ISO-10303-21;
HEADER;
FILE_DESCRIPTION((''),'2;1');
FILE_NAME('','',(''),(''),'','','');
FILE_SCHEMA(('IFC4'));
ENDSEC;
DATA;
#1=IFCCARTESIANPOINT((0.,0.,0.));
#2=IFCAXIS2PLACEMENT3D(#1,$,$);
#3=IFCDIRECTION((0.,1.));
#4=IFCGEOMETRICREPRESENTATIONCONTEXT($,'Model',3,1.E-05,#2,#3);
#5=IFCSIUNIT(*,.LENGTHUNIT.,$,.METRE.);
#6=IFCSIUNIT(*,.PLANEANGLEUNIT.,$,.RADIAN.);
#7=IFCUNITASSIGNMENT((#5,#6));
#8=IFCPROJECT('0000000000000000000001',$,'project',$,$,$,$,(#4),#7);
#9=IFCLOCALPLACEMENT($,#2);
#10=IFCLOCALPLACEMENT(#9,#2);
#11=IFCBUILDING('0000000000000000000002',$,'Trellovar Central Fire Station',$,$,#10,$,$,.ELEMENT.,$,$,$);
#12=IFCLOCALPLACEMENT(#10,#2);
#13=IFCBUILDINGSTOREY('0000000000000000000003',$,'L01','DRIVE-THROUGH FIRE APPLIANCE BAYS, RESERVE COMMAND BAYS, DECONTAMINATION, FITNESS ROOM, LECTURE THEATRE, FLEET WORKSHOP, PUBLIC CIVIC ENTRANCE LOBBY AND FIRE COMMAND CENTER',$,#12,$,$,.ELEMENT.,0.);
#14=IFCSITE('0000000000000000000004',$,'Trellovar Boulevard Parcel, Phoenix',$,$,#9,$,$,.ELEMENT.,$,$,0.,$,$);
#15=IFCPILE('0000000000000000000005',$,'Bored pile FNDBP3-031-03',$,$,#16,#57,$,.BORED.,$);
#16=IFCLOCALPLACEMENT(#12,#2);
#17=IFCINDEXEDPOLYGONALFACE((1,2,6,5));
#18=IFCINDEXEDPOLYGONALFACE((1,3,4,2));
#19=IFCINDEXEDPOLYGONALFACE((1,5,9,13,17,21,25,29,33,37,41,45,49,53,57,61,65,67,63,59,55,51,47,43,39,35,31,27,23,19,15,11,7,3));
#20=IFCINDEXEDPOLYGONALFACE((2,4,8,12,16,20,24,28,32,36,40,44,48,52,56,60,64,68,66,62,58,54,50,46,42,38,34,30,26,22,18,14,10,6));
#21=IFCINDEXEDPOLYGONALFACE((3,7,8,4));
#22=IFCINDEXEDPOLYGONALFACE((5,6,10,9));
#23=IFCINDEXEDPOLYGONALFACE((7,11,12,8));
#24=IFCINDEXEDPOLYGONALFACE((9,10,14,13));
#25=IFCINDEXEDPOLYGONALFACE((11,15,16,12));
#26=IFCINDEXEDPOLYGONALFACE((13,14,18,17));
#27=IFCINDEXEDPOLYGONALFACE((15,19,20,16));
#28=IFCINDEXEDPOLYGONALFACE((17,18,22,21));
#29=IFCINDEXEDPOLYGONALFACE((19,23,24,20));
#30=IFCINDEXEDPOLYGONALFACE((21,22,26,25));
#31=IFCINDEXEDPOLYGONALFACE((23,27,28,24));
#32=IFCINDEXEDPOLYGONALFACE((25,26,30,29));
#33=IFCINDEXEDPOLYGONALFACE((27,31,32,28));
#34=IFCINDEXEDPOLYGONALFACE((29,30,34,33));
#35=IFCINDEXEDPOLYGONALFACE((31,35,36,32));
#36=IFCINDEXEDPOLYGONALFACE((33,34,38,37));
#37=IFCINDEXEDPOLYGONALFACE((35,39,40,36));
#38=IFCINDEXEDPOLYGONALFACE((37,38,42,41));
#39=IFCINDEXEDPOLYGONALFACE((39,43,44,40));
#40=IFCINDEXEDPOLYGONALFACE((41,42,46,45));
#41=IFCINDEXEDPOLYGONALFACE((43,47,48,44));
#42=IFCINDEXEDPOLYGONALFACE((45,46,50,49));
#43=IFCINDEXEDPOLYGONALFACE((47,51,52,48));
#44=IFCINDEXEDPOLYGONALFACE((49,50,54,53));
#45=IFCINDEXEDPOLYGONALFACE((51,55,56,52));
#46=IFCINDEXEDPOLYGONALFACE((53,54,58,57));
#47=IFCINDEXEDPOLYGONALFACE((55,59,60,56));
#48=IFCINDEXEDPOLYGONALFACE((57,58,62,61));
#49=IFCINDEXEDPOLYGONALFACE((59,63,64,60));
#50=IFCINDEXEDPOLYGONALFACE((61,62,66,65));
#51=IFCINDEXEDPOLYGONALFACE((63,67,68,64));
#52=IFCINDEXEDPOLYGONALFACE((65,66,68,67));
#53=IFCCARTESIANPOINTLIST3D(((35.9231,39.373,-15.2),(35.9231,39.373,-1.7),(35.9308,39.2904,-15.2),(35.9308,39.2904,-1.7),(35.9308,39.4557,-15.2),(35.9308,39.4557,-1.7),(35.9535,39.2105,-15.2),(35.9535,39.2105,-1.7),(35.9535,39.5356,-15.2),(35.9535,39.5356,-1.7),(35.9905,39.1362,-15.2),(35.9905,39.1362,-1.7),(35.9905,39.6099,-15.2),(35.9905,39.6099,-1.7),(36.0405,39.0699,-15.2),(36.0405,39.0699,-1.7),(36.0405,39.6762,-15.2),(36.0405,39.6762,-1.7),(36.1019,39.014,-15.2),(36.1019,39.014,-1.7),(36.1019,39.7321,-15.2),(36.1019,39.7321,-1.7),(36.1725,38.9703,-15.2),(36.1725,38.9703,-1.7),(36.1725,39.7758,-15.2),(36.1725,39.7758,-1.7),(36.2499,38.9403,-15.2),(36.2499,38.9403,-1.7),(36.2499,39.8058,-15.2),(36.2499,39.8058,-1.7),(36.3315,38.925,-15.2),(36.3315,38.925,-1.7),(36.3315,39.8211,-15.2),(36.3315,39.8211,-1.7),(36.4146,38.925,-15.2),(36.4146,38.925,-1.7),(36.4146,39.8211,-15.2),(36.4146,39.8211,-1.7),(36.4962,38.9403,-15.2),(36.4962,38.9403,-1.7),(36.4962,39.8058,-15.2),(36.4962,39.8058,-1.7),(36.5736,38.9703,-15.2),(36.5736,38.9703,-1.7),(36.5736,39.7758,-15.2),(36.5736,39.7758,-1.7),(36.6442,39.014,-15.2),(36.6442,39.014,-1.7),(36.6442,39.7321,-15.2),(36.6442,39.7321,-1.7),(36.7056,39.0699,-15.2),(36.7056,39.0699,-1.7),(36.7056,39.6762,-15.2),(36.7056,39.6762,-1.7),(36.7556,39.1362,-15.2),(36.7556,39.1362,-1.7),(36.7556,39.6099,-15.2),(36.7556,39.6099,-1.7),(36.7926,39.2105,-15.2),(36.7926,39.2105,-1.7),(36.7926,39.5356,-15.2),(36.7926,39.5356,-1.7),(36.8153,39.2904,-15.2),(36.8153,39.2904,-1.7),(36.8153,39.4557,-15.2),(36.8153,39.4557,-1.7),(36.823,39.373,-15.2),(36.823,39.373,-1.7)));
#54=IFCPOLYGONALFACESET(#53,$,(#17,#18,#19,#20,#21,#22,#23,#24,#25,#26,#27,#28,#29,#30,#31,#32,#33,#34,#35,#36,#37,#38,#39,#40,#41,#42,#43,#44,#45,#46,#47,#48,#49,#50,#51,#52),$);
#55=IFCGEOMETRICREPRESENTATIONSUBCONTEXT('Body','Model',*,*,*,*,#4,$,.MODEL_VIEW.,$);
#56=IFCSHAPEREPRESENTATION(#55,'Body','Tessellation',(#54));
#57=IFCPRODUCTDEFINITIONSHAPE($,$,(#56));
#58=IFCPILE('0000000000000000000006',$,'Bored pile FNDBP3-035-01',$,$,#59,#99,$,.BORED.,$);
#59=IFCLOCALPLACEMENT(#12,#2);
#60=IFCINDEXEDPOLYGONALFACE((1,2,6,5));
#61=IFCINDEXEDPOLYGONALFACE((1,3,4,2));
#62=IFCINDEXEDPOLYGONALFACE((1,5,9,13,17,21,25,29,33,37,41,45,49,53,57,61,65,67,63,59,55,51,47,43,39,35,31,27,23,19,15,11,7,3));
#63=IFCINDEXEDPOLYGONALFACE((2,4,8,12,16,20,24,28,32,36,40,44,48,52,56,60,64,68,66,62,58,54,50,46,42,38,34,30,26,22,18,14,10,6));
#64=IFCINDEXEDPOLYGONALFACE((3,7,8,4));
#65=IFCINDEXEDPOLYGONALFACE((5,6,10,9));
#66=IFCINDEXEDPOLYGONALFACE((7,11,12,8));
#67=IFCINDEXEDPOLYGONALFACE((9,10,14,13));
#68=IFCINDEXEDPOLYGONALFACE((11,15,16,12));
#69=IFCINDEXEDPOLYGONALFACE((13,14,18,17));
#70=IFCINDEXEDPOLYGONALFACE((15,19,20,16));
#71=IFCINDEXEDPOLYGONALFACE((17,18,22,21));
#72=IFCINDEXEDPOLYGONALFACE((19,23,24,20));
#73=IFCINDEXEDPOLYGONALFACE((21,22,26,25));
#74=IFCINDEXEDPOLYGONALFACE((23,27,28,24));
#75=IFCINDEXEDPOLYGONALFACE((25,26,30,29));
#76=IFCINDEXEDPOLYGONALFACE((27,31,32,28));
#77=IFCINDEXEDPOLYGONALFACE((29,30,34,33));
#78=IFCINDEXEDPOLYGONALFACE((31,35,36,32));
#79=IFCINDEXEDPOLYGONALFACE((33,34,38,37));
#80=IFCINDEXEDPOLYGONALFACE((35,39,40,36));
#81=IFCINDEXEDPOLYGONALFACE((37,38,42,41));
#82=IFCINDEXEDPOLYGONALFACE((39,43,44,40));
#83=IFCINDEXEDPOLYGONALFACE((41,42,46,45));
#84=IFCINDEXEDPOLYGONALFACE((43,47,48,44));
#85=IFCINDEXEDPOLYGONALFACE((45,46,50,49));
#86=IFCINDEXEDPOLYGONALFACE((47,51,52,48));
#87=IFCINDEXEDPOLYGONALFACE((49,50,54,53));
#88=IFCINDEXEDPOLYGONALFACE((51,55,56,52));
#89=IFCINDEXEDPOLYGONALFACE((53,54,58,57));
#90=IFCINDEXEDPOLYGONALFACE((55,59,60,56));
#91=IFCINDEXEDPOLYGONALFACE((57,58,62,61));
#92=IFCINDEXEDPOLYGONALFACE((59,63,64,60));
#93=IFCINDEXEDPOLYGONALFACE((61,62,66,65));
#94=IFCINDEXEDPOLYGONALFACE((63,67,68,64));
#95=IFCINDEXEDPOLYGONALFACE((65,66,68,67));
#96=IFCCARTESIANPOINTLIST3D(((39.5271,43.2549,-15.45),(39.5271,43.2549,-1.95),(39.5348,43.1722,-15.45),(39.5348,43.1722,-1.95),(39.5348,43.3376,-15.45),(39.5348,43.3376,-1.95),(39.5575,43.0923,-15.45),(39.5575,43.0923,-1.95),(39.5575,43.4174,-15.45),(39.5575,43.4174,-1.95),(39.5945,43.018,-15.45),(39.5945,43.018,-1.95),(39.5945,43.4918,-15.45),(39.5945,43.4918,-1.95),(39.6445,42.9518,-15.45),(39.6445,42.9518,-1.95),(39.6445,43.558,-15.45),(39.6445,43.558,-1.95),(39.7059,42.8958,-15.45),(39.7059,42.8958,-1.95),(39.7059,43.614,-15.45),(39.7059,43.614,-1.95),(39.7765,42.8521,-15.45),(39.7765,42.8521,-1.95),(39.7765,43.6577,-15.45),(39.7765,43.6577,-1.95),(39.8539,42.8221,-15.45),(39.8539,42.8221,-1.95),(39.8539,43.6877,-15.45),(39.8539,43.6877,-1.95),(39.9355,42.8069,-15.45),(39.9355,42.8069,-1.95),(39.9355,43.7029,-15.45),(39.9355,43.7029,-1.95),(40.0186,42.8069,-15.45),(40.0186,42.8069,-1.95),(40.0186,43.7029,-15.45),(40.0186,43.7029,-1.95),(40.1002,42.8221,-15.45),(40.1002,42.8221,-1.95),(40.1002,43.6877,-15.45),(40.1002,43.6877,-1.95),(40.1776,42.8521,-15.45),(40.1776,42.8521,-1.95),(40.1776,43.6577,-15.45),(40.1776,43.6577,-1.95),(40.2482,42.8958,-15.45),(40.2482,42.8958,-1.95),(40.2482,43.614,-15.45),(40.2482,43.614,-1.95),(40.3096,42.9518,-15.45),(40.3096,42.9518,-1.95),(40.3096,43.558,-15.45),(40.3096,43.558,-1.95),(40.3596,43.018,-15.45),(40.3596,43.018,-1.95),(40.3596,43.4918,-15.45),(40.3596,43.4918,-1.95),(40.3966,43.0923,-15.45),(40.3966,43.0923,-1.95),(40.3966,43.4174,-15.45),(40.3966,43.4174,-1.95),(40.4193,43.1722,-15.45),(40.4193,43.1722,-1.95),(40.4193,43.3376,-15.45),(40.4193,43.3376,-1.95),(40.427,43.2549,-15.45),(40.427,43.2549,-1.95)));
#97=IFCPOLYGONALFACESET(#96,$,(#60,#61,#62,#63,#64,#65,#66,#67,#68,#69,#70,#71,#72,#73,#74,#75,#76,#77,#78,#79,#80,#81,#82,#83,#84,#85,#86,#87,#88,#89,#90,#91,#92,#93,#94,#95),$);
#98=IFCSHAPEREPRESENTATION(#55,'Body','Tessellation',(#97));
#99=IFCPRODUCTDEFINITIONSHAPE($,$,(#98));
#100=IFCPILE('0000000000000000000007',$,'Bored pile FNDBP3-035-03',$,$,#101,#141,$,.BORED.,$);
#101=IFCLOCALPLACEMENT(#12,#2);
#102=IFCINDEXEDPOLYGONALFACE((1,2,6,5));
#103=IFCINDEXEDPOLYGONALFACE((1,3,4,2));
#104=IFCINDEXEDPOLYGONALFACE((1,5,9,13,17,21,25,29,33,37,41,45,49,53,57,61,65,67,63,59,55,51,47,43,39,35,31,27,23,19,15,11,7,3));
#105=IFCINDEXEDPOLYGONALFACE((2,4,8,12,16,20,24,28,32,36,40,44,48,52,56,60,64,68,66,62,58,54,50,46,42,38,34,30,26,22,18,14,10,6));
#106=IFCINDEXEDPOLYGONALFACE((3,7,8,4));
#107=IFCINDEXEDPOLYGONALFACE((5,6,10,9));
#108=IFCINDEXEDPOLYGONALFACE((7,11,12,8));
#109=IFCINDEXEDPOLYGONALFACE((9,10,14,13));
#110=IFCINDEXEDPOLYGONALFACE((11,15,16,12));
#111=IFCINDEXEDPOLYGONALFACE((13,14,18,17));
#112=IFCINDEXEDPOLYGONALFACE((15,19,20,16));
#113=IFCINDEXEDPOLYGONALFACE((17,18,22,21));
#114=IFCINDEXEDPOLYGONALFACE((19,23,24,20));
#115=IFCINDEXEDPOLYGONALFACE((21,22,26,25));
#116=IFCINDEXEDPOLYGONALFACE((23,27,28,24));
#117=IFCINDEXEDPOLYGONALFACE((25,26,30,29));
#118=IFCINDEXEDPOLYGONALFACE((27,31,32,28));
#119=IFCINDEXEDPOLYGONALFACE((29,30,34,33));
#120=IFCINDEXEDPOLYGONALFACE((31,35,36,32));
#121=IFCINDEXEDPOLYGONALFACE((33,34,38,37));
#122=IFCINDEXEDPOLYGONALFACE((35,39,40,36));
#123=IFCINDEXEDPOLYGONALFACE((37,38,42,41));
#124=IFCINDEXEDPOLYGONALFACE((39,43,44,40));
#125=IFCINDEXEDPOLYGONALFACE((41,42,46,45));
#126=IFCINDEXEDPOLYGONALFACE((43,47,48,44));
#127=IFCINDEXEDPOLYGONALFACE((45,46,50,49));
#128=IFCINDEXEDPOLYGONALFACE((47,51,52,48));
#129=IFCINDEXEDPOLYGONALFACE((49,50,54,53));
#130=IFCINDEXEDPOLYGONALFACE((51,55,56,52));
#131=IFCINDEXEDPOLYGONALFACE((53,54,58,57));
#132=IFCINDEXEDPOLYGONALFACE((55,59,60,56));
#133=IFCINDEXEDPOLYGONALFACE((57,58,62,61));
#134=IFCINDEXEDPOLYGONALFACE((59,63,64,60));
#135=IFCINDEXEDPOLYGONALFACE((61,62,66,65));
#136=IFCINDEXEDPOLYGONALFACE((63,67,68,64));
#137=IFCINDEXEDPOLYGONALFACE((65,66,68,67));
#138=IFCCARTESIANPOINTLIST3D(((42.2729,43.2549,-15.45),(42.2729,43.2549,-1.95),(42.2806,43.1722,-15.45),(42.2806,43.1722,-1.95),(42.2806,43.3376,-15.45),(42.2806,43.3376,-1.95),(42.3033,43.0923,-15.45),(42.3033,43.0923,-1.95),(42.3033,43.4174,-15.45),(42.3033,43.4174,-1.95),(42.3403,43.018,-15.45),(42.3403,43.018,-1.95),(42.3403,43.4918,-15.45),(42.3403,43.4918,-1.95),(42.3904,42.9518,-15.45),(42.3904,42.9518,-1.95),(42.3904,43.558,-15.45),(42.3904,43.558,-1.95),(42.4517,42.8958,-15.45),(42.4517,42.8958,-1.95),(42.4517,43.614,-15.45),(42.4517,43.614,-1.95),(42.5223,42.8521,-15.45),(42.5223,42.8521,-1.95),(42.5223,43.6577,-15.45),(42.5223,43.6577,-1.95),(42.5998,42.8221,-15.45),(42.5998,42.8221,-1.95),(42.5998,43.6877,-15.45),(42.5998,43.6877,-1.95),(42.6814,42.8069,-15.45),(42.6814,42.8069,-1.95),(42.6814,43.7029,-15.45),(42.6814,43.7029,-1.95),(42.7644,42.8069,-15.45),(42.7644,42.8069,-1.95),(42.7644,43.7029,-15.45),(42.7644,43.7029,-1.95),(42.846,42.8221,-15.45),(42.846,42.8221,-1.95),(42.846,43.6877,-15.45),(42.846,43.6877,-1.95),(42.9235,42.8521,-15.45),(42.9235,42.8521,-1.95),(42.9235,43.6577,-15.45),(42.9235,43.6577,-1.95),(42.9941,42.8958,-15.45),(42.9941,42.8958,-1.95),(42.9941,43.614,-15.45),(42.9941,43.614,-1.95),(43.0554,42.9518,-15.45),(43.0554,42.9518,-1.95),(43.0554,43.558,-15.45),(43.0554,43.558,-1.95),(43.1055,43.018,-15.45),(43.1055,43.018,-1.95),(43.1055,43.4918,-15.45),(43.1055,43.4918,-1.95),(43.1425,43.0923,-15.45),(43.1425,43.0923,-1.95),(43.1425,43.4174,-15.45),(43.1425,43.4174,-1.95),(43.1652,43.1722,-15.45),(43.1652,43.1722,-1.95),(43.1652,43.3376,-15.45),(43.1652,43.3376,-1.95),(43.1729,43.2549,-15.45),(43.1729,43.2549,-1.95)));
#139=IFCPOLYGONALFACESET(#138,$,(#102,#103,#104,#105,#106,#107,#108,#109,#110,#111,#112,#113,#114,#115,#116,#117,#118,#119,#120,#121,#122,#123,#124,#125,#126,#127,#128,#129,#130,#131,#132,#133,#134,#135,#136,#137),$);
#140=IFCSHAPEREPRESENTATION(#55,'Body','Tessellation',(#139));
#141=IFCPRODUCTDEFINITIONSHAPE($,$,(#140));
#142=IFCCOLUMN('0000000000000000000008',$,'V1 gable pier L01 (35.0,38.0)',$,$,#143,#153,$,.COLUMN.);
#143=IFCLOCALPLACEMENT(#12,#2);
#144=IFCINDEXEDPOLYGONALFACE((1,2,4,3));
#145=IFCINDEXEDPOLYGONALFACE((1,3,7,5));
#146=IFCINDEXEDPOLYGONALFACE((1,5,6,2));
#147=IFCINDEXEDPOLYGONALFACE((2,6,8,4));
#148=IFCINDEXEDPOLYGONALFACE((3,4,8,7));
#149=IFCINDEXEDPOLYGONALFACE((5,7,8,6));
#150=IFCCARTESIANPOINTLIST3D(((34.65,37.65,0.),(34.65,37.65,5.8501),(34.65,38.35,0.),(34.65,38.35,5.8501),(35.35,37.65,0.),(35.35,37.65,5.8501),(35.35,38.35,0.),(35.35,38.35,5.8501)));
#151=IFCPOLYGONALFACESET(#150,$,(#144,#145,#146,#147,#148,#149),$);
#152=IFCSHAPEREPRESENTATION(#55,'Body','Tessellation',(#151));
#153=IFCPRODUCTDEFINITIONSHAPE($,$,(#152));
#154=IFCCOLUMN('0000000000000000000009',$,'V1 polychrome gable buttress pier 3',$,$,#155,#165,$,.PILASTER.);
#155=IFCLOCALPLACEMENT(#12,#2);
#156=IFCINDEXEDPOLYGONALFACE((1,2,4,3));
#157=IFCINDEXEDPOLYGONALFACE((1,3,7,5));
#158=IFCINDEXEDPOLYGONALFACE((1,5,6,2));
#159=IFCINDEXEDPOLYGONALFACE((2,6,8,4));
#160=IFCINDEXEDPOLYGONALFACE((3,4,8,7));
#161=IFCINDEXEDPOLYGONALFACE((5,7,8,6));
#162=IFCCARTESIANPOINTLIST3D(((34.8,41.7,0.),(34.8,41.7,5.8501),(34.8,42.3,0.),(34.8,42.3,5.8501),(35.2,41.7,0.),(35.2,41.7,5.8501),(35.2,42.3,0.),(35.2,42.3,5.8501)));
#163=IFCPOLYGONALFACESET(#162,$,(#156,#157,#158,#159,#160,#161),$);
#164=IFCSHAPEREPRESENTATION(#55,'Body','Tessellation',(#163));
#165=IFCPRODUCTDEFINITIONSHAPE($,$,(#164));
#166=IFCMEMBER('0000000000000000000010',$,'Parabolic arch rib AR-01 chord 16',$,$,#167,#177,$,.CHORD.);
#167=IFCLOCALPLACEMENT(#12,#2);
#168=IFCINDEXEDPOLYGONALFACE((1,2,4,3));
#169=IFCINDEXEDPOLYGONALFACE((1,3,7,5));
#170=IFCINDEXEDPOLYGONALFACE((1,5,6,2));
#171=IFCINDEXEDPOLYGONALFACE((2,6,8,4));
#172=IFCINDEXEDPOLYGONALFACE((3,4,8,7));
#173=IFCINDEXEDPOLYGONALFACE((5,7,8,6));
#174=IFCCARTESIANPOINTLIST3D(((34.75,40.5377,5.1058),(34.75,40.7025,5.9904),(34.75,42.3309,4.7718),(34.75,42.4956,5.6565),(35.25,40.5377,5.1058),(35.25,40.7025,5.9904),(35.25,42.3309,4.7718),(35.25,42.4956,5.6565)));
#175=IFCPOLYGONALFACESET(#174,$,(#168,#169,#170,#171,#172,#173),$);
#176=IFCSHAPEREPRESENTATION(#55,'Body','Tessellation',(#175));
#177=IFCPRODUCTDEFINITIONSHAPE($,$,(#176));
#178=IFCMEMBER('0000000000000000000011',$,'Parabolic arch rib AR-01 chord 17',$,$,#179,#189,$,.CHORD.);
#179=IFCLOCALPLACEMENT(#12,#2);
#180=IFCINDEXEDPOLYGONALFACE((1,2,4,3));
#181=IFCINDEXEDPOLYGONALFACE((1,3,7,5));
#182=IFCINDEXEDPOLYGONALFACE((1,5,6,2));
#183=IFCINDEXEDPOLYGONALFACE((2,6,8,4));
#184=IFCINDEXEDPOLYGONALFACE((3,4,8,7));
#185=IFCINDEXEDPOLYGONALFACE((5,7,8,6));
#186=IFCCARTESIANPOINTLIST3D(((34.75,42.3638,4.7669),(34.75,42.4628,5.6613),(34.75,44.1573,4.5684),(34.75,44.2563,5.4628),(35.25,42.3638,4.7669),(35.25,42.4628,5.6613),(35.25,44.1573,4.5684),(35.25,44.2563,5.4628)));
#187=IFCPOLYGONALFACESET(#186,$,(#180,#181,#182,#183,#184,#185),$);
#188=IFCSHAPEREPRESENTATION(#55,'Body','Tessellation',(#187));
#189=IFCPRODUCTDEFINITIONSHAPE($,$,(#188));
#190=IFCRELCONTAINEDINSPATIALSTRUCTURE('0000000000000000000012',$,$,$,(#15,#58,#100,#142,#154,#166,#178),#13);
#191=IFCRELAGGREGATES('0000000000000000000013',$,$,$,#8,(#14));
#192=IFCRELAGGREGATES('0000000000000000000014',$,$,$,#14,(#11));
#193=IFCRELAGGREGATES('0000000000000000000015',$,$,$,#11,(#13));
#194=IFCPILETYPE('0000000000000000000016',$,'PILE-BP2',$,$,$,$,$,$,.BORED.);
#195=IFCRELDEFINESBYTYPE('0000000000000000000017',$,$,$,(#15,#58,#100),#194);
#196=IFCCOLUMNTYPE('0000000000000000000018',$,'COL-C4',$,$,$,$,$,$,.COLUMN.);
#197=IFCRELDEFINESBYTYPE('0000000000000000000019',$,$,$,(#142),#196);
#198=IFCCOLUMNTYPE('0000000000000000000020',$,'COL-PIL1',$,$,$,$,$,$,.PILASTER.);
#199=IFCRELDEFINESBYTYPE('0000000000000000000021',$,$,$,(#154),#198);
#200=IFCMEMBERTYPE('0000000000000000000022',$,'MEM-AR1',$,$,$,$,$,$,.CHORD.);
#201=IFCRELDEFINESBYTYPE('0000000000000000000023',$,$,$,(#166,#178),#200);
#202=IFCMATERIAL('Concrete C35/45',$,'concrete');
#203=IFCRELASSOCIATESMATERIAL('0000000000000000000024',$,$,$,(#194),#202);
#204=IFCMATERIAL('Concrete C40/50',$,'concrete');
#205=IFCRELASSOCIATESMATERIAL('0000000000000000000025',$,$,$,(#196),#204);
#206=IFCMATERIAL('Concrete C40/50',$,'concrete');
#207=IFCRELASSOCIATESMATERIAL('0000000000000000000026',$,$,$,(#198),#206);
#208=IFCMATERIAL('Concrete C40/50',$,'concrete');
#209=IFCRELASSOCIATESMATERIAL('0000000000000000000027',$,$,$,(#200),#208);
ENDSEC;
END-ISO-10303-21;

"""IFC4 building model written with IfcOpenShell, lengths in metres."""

from ifc_helpers import new_model, si_unit, direction, frame, origin, origin_2d, place, context, subcontext, project, spatial, rectangle, circle, extrude, material, material_profile, profile_set, type_object, element, save


model = new_model("IFC4")

# Units and contexts
model_context = context("Model", 3, precision=1e-05, world=origin(), true_north=direction((0.0, 1.0)))
body_context = subcontext(model_context, "Body", "Model", "MODEL_VIEW")
ifc_project = project(units=[si_unit("LENGTHUNIT", "METRE"), si_unit("PLANEANGLEUNIT", "RADIAN")], contexts=[model_context])

# Site, building, storey
site_placement = place(None, origin())
site = spatial("IfcSite", under=ifc_project, at=site_placement, Name="Trellovar Boulevard Parcel, Phoenix", CompositionType="ELEMENT", RefElevation=0.0)
building_placement = place(site_placement, origin())
building = spatial("IfcBuilding", under=site, at=building_placement, Name="Trellovar Central Fire Station", CompositionType="ELEMENT")
storey_placement = place(building_placement, origin())
storey = spatial("IfcBuildingStorey", under=building, at=storey_placement, Name="L01", Description="DRIVE-THROUGH FIRE APPLIANCE BAYS, RESERVE COMMAND BAYS, DECONTAMINATION, FITNESS ROOM, LECTURE THEATRE, FLEET WORKSHOP, PUBLIC CIVIC ENTRANCE LOBBY AND FIRE COMMAND CENTER", CompositionType="ELEMENT", Elevation=0.0)

# Piles
ifc_material_1 = material(Name="Concrete C35/45", Category="concrete")
ifc_material_profile_1 = material_profile(ifc_material_1, circle(Radius=0.45, at=origin_2d()), Name="PILE900")
ifc_profile_set_1 = profile_set([ifc_material_profile_1], Name="Concrete C35/45")
pile_type_1 = type_object("IfcPileType", Name="PILE-BP2", PredefinedType="BORED", material=ifc_profile_set_1)
for number, where, z_axis, x_axis, name in (
    (1, (36.373, 39.373, -1.7), (0.0, 0.0, -1.0), (1.0, 0.0, 0.0), "Bored pile FNDBP3-031-03"),
    (2, (39.9771, 43.2549, -1.95), (0.0, 0.0, -1.0), (1.0, 0.0, 0.0), "Bored pile FNDBP3-035-01"),
    (3, (42.7229, 43.2549, -1.95), (0.0, 0.0, -1.0), (1.0, 0.0, 0.0), "Bored pile FNDBP3-035-03"),
):
    element("IfcPile", number, at=place(storey_placement, frame(where, z_axis=z_axis, x_axis=x_axis)), inside=storey, type_object=pile_type_1, Name=name, PredefinedType="BORED", context=body_context, shape_type="SweptSolid", body=[
        extrude(circle(Radius=0.45, at=origin_2d()), origin(), (0.0, 0.0, 1.0), 13.5),
    ])

# Columns
ifc_material_2 = material(Name="Concrete C40/50", Category="concrete")
ifc_material_profile_2 = material_profile(ifc_material_2, rectangle(XDim=0.7, YDim=0.7, at=origin_2d()), Name="RC700X700")
ifc_profile_set_2 = profile_set([ifc_material_profile_2], Name="Concrete C40/50")
column_type_1 = type_object("IfcColumnType", Name="COL-C4", PredefinedType="COLUMN", material=ifc_profile_set_2)
column_1_placement = place(storey_placement, frame((35.0, 38.0, 0.0), z_axis=(0.0, 0.0, 1.0), x_axis=(1.0, 0.0, 0.0)))
element("IfcColumn", 4, at=column_1_placement, inside=storey, type_object=column_type_1, Name="V1 gable pier L01 (35.0,38.0)", PredefinedType="COLUMN", context=body_context, shape_type="SweptSolid", body=[
    extrude(rectangle(XDim=0.7, YDim=0.7, at=origin_2d()), origin(), (0.0, 0.0, 1.0), 5.8501),
])
ifc_material_3 = material(Name="Concrete C40/50", Category="concrete")
ifc_material_profile_3 = material_profile(ifc_material_3, rectangle(XDim=0.3999, YDim=0.6001, at=origin_2d()), Name="RC400X600")
ifc_profile_set_3 = profile_set([ifc_material_profile_3], Name="Concrete C40/50")
column_type_2 = type_object("IfcColumnType", Name="COL-PIL1", PredefinedType="PILASTER", material=ifc_profile_set_3)
column_2_placement = place(storey_placement, frame((35.0, 42.0, 0.0), z_axis=(0.0, 0.0, 1.0), x_axis=(1.0, 0.0, 0.0)))
element("IfcColumn", 5, at=column_2_placement, inside=storey, type_object=column_type_2, Name="V1 polychrome gable buttress pier 3", PredefinedType="PILASTER", context=body_context, shape_type="SweptSolid", body=[
    extrude(rectangle(XDim=0.3999, YDim=0.6001, at=origin_2d()), origin(), (0.0, 0.0, 1.0), 5.8501),
])

# Members
ifc_material_4 = material(Name="Concrete C40/50", Category="concrete")
ifc_material_profile_4 = material_profile(ifc_material_4, rectangle(XDim=0.5, YDim=0.8999, at=origin_2d()), Name="RC500X900")
ifc_profile_set_4 = profile_set([ifc_material_profile_4], Name="Concrete C40/50")
member_type_1 = type_object("IfcMemberType", Name="MEM-AR1", PredefinedType="CHORD", material=ifc_profile_set_4)
member_1_placement = place(storey_placement, frame((35.0, 40.6201, 5.5481), z_axis=(0.0, 0.983094, -0.1831), x_axis=(-1.0, 0.0, 0.0)))
element("IfcMember", 6, at=member_1_placement, inside=storey, type_object=member_type_1, Name="Parabolic arch rib AR-01 chord 16", PredefinedType="CHORD", context=body_context, shape_type="SweptSolid", body=[
    extrude(rectangle(XDim=0.5, YDim=0.8999, at=origin_2d()), origin(), (0.0, 0.0, 1.0), 1.824),
])
member_2_placement = place(storey_placement, frame((35.0, 42.4133, 5.2141), z_axis=(0.0, 0.993931, -0.110001), x_axis=(-1.0, 0.0, 0.0)))
element("IfcMember", 7, at=member_2_placement, inside=storey, type_object=member_type_1, Name="Parabolic arch rib AR-01 chord 17", PredefinedType="CHORD", context=body_context, shape_type="SweptSolid", body=[
    extrude(rectangle(XDim=0.5, YDim=0.8999, at=origin_2d()), origin(), (0.0, 0.0, 1.0), 1.8044),
])

save(model, "model.ifc")
